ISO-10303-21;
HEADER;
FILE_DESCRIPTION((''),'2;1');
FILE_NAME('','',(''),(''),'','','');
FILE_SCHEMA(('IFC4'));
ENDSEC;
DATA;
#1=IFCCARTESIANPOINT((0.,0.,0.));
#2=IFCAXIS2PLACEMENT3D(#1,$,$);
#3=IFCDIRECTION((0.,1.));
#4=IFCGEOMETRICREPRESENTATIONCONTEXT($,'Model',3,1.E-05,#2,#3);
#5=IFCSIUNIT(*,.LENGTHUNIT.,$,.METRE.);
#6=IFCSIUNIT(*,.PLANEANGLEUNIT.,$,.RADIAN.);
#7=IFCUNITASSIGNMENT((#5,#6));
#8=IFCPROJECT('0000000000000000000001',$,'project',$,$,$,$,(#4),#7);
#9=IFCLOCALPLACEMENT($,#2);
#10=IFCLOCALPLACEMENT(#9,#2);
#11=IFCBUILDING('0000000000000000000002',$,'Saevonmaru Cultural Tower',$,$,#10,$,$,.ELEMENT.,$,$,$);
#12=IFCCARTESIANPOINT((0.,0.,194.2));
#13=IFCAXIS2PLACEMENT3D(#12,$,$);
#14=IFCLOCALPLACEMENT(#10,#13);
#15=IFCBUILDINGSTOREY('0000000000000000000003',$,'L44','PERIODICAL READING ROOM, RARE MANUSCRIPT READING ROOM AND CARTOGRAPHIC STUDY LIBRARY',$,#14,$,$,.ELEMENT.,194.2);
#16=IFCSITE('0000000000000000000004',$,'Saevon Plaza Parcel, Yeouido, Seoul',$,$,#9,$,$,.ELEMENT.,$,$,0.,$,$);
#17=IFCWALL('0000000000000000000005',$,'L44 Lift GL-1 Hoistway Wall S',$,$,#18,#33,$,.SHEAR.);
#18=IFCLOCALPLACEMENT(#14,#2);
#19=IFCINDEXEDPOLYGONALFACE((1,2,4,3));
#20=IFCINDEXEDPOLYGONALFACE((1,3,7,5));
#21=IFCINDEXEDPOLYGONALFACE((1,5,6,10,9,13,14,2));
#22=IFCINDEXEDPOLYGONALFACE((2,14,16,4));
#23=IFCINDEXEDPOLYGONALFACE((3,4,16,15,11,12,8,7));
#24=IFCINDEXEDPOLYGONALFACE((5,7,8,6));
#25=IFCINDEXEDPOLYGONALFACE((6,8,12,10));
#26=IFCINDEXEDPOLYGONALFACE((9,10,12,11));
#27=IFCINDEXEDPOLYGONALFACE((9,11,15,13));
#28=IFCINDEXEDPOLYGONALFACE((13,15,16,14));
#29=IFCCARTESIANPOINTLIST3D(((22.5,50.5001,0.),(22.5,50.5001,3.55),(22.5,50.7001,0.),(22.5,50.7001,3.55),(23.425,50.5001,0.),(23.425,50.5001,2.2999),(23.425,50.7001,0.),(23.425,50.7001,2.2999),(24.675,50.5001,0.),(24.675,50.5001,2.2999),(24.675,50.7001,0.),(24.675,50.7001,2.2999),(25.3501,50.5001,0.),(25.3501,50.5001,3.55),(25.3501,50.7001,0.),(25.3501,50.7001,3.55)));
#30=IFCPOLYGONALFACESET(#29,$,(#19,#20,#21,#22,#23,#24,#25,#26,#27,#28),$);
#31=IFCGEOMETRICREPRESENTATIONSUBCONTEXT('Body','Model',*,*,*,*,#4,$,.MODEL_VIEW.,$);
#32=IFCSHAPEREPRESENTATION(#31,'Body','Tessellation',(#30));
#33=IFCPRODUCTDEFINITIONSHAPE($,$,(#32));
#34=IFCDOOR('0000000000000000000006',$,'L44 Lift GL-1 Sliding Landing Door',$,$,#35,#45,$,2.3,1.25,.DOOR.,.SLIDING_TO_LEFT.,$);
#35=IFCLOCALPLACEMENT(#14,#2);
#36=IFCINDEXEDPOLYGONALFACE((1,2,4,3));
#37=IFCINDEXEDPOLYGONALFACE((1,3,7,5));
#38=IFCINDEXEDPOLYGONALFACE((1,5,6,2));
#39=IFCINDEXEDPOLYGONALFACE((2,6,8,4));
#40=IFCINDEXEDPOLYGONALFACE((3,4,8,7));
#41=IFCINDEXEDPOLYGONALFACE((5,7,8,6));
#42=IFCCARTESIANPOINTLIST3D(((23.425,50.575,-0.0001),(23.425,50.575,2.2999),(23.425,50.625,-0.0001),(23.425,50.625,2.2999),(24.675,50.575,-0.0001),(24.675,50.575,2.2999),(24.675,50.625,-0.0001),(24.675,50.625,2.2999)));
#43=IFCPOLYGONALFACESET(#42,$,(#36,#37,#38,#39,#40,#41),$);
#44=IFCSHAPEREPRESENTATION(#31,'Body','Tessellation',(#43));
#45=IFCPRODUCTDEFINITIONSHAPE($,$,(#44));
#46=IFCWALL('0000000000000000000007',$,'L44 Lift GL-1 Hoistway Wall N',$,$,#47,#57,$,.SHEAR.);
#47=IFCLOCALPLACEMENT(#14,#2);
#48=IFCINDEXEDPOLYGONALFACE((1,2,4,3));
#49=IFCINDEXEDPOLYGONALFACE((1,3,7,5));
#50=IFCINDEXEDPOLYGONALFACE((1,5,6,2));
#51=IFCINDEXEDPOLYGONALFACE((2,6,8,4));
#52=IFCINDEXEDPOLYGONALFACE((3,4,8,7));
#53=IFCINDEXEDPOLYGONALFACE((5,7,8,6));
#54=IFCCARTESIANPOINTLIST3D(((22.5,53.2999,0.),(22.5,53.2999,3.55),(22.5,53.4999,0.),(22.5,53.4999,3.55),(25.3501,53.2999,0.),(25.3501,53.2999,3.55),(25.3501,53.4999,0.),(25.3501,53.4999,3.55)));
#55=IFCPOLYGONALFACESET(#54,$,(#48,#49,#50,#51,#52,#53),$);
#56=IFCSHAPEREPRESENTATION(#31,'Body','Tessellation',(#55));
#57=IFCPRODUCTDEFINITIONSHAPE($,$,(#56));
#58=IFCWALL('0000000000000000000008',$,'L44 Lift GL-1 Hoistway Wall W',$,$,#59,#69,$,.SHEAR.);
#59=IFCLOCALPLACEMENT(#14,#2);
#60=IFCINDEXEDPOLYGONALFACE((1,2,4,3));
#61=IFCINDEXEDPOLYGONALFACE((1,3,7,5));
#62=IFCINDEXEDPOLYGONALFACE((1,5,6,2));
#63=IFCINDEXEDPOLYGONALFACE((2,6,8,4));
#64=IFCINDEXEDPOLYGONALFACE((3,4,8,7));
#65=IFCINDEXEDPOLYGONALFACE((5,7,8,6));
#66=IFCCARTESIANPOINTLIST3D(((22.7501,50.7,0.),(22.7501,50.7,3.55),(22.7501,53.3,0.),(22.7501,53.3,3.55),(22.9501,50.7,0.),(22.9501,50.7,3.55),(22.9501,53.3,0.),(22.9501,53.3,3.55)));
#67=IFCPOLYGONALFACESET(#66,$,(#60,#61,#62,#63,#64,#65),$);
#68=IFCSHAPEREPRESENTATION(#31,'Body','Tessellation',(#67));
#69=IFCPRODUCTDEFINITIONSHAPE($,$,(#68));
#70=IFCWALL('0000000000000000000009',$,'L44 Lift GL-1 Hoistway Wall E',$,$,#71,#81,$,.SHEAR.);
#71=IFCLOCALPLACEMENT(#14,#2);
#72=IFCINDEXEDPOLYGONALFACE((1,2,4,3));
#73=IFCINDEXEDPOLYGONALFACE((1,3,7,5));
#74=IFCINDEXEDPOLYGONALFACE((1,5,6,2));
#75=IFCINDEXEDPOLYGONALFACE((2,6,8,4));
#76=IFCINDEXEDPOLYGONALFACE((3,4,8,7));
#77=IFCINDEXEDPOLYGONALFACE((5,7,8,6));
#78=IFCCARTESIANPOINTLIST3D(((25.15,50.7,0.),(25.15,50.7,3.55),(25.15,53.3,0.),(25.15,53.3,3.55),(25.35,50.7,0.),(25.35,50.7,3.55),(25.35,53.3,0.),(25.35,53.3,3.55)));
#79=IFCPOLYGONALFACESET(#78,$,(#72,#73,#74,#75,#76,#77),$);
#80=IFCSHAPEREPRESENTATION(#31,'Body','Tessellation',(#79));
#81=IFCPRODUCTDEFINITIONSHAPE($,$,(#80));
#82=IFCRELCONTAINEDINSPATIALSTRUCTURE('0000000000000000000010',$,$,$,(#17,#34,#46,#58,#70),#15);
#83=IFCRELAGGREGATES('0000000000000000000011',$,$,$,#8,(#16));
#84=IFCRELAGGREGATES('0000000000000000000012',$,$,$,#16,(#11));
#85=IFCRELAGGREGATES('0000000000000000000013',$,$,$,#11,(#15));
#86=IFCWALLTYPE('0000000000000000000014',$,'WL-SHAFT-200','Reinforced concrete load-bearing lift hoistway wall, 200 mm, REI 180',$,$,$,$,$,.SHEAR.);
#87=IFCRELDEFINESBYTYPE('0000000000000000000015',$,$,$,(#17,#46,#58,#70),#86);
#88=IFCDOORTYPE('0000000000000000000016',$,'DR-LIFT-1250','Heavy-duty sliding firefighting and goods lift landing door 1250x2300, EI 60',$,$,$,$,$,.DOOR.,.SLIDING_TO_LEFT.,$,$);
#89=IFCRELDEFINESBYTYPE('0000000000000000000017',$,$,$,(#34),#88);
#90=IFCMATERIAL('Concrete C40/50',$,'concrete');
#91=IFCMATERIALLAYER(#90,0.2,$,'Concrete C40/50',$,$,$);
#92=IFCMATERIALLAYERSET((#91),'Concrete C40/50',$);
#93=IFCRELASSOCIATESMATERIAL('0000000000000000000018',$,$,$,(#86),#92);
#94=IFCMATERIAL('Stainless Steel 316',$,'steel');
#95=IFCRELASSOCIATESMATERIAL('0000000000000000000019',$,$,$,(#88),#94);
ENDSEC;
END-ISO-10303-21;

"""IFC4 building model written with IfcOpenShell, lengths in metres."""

from ifc_helpers import new_model, si_unit, direction, frame, frame_2d, origin, place, context, subcontext, project, spatial, rectangle, extrude, material, layer, layer_set, type_object, element, fill, save


model = new_model("IFC4")

# Units and contexts
model_context = context("Model", 3, precision=1e-05, world=origin(), true_north=direction((0.0, 1.0)))
body_context = subcontext(model_context, "Body", "Model", "MODEL_VIEW")
ifc_project = project(units=[si_unit("LENGTHUNIT", "METRE"), si_unit("PLANEANGLEUNIT", "RADIAN")], contexts=[model_context])

# Site, building, storey
site_placement = place(None, origin())
site = spatial("IfcSite", under=ifc_project, at=site_placement, Name="Saevon Plaza Parcel, Yeouido, Seoul", CompositionType="ELEMENT", RefElevation=0.0)
building_placement = place(site_placement, origin())
building = spatial("IfcBuilding", under=site, at=building_placement, Name="Saevonmaru Cultural Tower", CompositionType="ELEMENT")
storey_placement = place(building_placement, frame((0.0, 0.0, 194.2)))
storey = spatial("IfcBuildingStorey", under=building, at=storey_placement, Name="L44", Description="PERIODICAL READING ROOM, RARE MANUSCRIPT READING ROOM AND CARTOGRAPHIC STUDY LIBRARY", CompositionType="ELEMENT", Elevation=194.2)

# Shared definitions
ifc_material_1 = material(Name="Concrete C40/50", Category="concrete")
ifc_layer_1 = layer(ifc_material_1, 0.2, Name="Concrete C40/50")
ifc_layer_set_1 = layer_set([ifc_layer_1], Name="Concrete C40/50")
wall_type_1 = type_object("IfcWallType", Name="WL-SHAFT-200", Description="Reinforced concrete load-bearing lift hoistway wall, 200 mm, REI 180", PredefinedType="SHEAR", material=ifc_layer_set_1)

# Wall, opening, door
wall_1_placement = place(storey_placement, frame((22.5, 50.6001, 0.0), z_axis=(0.0, 0.0, 1.0), x_axis=(1.0, 0.0, 0.0)))
wall_1 = element("IfcWall", 1, at=wall_1_placement, inside=storey, type_object=wall_type_1, Name="L44 Lift GL-1 Hoistway Wall S", PredefinedType="SHEAR", context=body_context, shape_type="SweptSolid", body=[
    extrude(rectangle(XDim=2.8501, YDim=0.2, at=frame_2d((1.425, 0.0))), origin(), (0.0, 0.0, 1.0), 3.55),
])
opening_placement = place(wall_1_placement, frame((0.925, 0.0, 0.0)))
opening = element("IfcOpeningElement", 2, at=opening_placement, cuts=wall_1, PredefinedType="OPENING", context=body_context, shape_type="SweptSolid", body=[
    extrude(rectangle(XDim=1.25, YDim=2.3, at=frame_2d((0.625, 1.1499))), frame((0.0, 0.1099, 0.0), z_axis=(0.0, -1.0, 0.0), x_axis=(1.0, 0.0, 0.0)), (0.0, 0.0, 1.0), 0.22),
])
ifc_material_2 = material(Name="Stainless Steel 316", Category="steel")
door_type = type_object("IfcDoorType", Name="DR-LIFT-1250", Description="Heavy-duty sliding firefighting and goods lift landing door 1250x2300, EI 60", OperationType="SLIDING_TO_LEFT", PredefinedType="DOOR", material=ifc_material_2)
door_placement = place(opening_placement, origin())
door = element("IfcDoor", 3, at=door_placement, inside=storey, type_object=door_type, Name="L44 Lift GL-1 Sliding Landing Door", OperationType="SLIDING_TO_LEFT", OverallHeight=2.3, OverallWidth=1.25, PredefinedType="DOOR", context=body_context, shape_type="SweptSolid", body=[
    extrude(rectangle(XDim=1.25, YDim=2.3, at=frame_2d((0.625, 1.1499))), frame((0.0, 0.0249, 0.0), z_axis=(0.0, -1.0, 0.0), x_axis=(1.0, 0.0, 0.0)), (0.0, 0.0, 1.0), 0.05),
])
fill(opening, door)

# Walls
wall_2_placement = place(storey_placement, frame((22.5, 53.3999, 0.0), z_axis=(0.0, 0.0, 1.0), x_axis=(1.0, 0.0, 0.0)))
element("IfcWall", 4, at=wall_2_placement, inside=storey, type_object=wall_type_1, Name="L44 Lift GL-1 Hoistway Wall N", PredefinedType="SHEAR", context=body_context, shape_type="SweptSolid", body=[
    extrude(rectangle(XDim=2.8501, YDim=0.2, at=frame_2d((1.425, 0.0))), origin(), (0.0, 0.0, 1.0), 3.55),
])
for number, where, z_axis, x_axis, name in (
    (5, (22.8501, 50.7, 0.0), (0.0, 0.0, 1.0), (0.0, 1.0, 0.0), "L44 Lift GL-1 Hoistway Wall W"),
    (6, (25.25, 50.7, 0.0), (0.0, 0.0, 1.0), (0.0, 1.0, 0.0), "L44 Lift GL-1 Hoistway Wall E"),
):
    element("IfcWall", number, at=place(storey_placement, frame(where, z_axis=z_axis, x_axis=x_axis)), inside=storey, type_object=wall_type_1, Name=name, PredefinedType="SHEAR", context=body_context, shape_type="SweptSolid", body=[
        extrude(rectangle(XDim=2.6001, YDim=0.2, at=frame_2d((1.3, 0.0))), origin(), (0.0, 0.0, 1.0), 3.55),
    ])

save(model, "model.ifc")
